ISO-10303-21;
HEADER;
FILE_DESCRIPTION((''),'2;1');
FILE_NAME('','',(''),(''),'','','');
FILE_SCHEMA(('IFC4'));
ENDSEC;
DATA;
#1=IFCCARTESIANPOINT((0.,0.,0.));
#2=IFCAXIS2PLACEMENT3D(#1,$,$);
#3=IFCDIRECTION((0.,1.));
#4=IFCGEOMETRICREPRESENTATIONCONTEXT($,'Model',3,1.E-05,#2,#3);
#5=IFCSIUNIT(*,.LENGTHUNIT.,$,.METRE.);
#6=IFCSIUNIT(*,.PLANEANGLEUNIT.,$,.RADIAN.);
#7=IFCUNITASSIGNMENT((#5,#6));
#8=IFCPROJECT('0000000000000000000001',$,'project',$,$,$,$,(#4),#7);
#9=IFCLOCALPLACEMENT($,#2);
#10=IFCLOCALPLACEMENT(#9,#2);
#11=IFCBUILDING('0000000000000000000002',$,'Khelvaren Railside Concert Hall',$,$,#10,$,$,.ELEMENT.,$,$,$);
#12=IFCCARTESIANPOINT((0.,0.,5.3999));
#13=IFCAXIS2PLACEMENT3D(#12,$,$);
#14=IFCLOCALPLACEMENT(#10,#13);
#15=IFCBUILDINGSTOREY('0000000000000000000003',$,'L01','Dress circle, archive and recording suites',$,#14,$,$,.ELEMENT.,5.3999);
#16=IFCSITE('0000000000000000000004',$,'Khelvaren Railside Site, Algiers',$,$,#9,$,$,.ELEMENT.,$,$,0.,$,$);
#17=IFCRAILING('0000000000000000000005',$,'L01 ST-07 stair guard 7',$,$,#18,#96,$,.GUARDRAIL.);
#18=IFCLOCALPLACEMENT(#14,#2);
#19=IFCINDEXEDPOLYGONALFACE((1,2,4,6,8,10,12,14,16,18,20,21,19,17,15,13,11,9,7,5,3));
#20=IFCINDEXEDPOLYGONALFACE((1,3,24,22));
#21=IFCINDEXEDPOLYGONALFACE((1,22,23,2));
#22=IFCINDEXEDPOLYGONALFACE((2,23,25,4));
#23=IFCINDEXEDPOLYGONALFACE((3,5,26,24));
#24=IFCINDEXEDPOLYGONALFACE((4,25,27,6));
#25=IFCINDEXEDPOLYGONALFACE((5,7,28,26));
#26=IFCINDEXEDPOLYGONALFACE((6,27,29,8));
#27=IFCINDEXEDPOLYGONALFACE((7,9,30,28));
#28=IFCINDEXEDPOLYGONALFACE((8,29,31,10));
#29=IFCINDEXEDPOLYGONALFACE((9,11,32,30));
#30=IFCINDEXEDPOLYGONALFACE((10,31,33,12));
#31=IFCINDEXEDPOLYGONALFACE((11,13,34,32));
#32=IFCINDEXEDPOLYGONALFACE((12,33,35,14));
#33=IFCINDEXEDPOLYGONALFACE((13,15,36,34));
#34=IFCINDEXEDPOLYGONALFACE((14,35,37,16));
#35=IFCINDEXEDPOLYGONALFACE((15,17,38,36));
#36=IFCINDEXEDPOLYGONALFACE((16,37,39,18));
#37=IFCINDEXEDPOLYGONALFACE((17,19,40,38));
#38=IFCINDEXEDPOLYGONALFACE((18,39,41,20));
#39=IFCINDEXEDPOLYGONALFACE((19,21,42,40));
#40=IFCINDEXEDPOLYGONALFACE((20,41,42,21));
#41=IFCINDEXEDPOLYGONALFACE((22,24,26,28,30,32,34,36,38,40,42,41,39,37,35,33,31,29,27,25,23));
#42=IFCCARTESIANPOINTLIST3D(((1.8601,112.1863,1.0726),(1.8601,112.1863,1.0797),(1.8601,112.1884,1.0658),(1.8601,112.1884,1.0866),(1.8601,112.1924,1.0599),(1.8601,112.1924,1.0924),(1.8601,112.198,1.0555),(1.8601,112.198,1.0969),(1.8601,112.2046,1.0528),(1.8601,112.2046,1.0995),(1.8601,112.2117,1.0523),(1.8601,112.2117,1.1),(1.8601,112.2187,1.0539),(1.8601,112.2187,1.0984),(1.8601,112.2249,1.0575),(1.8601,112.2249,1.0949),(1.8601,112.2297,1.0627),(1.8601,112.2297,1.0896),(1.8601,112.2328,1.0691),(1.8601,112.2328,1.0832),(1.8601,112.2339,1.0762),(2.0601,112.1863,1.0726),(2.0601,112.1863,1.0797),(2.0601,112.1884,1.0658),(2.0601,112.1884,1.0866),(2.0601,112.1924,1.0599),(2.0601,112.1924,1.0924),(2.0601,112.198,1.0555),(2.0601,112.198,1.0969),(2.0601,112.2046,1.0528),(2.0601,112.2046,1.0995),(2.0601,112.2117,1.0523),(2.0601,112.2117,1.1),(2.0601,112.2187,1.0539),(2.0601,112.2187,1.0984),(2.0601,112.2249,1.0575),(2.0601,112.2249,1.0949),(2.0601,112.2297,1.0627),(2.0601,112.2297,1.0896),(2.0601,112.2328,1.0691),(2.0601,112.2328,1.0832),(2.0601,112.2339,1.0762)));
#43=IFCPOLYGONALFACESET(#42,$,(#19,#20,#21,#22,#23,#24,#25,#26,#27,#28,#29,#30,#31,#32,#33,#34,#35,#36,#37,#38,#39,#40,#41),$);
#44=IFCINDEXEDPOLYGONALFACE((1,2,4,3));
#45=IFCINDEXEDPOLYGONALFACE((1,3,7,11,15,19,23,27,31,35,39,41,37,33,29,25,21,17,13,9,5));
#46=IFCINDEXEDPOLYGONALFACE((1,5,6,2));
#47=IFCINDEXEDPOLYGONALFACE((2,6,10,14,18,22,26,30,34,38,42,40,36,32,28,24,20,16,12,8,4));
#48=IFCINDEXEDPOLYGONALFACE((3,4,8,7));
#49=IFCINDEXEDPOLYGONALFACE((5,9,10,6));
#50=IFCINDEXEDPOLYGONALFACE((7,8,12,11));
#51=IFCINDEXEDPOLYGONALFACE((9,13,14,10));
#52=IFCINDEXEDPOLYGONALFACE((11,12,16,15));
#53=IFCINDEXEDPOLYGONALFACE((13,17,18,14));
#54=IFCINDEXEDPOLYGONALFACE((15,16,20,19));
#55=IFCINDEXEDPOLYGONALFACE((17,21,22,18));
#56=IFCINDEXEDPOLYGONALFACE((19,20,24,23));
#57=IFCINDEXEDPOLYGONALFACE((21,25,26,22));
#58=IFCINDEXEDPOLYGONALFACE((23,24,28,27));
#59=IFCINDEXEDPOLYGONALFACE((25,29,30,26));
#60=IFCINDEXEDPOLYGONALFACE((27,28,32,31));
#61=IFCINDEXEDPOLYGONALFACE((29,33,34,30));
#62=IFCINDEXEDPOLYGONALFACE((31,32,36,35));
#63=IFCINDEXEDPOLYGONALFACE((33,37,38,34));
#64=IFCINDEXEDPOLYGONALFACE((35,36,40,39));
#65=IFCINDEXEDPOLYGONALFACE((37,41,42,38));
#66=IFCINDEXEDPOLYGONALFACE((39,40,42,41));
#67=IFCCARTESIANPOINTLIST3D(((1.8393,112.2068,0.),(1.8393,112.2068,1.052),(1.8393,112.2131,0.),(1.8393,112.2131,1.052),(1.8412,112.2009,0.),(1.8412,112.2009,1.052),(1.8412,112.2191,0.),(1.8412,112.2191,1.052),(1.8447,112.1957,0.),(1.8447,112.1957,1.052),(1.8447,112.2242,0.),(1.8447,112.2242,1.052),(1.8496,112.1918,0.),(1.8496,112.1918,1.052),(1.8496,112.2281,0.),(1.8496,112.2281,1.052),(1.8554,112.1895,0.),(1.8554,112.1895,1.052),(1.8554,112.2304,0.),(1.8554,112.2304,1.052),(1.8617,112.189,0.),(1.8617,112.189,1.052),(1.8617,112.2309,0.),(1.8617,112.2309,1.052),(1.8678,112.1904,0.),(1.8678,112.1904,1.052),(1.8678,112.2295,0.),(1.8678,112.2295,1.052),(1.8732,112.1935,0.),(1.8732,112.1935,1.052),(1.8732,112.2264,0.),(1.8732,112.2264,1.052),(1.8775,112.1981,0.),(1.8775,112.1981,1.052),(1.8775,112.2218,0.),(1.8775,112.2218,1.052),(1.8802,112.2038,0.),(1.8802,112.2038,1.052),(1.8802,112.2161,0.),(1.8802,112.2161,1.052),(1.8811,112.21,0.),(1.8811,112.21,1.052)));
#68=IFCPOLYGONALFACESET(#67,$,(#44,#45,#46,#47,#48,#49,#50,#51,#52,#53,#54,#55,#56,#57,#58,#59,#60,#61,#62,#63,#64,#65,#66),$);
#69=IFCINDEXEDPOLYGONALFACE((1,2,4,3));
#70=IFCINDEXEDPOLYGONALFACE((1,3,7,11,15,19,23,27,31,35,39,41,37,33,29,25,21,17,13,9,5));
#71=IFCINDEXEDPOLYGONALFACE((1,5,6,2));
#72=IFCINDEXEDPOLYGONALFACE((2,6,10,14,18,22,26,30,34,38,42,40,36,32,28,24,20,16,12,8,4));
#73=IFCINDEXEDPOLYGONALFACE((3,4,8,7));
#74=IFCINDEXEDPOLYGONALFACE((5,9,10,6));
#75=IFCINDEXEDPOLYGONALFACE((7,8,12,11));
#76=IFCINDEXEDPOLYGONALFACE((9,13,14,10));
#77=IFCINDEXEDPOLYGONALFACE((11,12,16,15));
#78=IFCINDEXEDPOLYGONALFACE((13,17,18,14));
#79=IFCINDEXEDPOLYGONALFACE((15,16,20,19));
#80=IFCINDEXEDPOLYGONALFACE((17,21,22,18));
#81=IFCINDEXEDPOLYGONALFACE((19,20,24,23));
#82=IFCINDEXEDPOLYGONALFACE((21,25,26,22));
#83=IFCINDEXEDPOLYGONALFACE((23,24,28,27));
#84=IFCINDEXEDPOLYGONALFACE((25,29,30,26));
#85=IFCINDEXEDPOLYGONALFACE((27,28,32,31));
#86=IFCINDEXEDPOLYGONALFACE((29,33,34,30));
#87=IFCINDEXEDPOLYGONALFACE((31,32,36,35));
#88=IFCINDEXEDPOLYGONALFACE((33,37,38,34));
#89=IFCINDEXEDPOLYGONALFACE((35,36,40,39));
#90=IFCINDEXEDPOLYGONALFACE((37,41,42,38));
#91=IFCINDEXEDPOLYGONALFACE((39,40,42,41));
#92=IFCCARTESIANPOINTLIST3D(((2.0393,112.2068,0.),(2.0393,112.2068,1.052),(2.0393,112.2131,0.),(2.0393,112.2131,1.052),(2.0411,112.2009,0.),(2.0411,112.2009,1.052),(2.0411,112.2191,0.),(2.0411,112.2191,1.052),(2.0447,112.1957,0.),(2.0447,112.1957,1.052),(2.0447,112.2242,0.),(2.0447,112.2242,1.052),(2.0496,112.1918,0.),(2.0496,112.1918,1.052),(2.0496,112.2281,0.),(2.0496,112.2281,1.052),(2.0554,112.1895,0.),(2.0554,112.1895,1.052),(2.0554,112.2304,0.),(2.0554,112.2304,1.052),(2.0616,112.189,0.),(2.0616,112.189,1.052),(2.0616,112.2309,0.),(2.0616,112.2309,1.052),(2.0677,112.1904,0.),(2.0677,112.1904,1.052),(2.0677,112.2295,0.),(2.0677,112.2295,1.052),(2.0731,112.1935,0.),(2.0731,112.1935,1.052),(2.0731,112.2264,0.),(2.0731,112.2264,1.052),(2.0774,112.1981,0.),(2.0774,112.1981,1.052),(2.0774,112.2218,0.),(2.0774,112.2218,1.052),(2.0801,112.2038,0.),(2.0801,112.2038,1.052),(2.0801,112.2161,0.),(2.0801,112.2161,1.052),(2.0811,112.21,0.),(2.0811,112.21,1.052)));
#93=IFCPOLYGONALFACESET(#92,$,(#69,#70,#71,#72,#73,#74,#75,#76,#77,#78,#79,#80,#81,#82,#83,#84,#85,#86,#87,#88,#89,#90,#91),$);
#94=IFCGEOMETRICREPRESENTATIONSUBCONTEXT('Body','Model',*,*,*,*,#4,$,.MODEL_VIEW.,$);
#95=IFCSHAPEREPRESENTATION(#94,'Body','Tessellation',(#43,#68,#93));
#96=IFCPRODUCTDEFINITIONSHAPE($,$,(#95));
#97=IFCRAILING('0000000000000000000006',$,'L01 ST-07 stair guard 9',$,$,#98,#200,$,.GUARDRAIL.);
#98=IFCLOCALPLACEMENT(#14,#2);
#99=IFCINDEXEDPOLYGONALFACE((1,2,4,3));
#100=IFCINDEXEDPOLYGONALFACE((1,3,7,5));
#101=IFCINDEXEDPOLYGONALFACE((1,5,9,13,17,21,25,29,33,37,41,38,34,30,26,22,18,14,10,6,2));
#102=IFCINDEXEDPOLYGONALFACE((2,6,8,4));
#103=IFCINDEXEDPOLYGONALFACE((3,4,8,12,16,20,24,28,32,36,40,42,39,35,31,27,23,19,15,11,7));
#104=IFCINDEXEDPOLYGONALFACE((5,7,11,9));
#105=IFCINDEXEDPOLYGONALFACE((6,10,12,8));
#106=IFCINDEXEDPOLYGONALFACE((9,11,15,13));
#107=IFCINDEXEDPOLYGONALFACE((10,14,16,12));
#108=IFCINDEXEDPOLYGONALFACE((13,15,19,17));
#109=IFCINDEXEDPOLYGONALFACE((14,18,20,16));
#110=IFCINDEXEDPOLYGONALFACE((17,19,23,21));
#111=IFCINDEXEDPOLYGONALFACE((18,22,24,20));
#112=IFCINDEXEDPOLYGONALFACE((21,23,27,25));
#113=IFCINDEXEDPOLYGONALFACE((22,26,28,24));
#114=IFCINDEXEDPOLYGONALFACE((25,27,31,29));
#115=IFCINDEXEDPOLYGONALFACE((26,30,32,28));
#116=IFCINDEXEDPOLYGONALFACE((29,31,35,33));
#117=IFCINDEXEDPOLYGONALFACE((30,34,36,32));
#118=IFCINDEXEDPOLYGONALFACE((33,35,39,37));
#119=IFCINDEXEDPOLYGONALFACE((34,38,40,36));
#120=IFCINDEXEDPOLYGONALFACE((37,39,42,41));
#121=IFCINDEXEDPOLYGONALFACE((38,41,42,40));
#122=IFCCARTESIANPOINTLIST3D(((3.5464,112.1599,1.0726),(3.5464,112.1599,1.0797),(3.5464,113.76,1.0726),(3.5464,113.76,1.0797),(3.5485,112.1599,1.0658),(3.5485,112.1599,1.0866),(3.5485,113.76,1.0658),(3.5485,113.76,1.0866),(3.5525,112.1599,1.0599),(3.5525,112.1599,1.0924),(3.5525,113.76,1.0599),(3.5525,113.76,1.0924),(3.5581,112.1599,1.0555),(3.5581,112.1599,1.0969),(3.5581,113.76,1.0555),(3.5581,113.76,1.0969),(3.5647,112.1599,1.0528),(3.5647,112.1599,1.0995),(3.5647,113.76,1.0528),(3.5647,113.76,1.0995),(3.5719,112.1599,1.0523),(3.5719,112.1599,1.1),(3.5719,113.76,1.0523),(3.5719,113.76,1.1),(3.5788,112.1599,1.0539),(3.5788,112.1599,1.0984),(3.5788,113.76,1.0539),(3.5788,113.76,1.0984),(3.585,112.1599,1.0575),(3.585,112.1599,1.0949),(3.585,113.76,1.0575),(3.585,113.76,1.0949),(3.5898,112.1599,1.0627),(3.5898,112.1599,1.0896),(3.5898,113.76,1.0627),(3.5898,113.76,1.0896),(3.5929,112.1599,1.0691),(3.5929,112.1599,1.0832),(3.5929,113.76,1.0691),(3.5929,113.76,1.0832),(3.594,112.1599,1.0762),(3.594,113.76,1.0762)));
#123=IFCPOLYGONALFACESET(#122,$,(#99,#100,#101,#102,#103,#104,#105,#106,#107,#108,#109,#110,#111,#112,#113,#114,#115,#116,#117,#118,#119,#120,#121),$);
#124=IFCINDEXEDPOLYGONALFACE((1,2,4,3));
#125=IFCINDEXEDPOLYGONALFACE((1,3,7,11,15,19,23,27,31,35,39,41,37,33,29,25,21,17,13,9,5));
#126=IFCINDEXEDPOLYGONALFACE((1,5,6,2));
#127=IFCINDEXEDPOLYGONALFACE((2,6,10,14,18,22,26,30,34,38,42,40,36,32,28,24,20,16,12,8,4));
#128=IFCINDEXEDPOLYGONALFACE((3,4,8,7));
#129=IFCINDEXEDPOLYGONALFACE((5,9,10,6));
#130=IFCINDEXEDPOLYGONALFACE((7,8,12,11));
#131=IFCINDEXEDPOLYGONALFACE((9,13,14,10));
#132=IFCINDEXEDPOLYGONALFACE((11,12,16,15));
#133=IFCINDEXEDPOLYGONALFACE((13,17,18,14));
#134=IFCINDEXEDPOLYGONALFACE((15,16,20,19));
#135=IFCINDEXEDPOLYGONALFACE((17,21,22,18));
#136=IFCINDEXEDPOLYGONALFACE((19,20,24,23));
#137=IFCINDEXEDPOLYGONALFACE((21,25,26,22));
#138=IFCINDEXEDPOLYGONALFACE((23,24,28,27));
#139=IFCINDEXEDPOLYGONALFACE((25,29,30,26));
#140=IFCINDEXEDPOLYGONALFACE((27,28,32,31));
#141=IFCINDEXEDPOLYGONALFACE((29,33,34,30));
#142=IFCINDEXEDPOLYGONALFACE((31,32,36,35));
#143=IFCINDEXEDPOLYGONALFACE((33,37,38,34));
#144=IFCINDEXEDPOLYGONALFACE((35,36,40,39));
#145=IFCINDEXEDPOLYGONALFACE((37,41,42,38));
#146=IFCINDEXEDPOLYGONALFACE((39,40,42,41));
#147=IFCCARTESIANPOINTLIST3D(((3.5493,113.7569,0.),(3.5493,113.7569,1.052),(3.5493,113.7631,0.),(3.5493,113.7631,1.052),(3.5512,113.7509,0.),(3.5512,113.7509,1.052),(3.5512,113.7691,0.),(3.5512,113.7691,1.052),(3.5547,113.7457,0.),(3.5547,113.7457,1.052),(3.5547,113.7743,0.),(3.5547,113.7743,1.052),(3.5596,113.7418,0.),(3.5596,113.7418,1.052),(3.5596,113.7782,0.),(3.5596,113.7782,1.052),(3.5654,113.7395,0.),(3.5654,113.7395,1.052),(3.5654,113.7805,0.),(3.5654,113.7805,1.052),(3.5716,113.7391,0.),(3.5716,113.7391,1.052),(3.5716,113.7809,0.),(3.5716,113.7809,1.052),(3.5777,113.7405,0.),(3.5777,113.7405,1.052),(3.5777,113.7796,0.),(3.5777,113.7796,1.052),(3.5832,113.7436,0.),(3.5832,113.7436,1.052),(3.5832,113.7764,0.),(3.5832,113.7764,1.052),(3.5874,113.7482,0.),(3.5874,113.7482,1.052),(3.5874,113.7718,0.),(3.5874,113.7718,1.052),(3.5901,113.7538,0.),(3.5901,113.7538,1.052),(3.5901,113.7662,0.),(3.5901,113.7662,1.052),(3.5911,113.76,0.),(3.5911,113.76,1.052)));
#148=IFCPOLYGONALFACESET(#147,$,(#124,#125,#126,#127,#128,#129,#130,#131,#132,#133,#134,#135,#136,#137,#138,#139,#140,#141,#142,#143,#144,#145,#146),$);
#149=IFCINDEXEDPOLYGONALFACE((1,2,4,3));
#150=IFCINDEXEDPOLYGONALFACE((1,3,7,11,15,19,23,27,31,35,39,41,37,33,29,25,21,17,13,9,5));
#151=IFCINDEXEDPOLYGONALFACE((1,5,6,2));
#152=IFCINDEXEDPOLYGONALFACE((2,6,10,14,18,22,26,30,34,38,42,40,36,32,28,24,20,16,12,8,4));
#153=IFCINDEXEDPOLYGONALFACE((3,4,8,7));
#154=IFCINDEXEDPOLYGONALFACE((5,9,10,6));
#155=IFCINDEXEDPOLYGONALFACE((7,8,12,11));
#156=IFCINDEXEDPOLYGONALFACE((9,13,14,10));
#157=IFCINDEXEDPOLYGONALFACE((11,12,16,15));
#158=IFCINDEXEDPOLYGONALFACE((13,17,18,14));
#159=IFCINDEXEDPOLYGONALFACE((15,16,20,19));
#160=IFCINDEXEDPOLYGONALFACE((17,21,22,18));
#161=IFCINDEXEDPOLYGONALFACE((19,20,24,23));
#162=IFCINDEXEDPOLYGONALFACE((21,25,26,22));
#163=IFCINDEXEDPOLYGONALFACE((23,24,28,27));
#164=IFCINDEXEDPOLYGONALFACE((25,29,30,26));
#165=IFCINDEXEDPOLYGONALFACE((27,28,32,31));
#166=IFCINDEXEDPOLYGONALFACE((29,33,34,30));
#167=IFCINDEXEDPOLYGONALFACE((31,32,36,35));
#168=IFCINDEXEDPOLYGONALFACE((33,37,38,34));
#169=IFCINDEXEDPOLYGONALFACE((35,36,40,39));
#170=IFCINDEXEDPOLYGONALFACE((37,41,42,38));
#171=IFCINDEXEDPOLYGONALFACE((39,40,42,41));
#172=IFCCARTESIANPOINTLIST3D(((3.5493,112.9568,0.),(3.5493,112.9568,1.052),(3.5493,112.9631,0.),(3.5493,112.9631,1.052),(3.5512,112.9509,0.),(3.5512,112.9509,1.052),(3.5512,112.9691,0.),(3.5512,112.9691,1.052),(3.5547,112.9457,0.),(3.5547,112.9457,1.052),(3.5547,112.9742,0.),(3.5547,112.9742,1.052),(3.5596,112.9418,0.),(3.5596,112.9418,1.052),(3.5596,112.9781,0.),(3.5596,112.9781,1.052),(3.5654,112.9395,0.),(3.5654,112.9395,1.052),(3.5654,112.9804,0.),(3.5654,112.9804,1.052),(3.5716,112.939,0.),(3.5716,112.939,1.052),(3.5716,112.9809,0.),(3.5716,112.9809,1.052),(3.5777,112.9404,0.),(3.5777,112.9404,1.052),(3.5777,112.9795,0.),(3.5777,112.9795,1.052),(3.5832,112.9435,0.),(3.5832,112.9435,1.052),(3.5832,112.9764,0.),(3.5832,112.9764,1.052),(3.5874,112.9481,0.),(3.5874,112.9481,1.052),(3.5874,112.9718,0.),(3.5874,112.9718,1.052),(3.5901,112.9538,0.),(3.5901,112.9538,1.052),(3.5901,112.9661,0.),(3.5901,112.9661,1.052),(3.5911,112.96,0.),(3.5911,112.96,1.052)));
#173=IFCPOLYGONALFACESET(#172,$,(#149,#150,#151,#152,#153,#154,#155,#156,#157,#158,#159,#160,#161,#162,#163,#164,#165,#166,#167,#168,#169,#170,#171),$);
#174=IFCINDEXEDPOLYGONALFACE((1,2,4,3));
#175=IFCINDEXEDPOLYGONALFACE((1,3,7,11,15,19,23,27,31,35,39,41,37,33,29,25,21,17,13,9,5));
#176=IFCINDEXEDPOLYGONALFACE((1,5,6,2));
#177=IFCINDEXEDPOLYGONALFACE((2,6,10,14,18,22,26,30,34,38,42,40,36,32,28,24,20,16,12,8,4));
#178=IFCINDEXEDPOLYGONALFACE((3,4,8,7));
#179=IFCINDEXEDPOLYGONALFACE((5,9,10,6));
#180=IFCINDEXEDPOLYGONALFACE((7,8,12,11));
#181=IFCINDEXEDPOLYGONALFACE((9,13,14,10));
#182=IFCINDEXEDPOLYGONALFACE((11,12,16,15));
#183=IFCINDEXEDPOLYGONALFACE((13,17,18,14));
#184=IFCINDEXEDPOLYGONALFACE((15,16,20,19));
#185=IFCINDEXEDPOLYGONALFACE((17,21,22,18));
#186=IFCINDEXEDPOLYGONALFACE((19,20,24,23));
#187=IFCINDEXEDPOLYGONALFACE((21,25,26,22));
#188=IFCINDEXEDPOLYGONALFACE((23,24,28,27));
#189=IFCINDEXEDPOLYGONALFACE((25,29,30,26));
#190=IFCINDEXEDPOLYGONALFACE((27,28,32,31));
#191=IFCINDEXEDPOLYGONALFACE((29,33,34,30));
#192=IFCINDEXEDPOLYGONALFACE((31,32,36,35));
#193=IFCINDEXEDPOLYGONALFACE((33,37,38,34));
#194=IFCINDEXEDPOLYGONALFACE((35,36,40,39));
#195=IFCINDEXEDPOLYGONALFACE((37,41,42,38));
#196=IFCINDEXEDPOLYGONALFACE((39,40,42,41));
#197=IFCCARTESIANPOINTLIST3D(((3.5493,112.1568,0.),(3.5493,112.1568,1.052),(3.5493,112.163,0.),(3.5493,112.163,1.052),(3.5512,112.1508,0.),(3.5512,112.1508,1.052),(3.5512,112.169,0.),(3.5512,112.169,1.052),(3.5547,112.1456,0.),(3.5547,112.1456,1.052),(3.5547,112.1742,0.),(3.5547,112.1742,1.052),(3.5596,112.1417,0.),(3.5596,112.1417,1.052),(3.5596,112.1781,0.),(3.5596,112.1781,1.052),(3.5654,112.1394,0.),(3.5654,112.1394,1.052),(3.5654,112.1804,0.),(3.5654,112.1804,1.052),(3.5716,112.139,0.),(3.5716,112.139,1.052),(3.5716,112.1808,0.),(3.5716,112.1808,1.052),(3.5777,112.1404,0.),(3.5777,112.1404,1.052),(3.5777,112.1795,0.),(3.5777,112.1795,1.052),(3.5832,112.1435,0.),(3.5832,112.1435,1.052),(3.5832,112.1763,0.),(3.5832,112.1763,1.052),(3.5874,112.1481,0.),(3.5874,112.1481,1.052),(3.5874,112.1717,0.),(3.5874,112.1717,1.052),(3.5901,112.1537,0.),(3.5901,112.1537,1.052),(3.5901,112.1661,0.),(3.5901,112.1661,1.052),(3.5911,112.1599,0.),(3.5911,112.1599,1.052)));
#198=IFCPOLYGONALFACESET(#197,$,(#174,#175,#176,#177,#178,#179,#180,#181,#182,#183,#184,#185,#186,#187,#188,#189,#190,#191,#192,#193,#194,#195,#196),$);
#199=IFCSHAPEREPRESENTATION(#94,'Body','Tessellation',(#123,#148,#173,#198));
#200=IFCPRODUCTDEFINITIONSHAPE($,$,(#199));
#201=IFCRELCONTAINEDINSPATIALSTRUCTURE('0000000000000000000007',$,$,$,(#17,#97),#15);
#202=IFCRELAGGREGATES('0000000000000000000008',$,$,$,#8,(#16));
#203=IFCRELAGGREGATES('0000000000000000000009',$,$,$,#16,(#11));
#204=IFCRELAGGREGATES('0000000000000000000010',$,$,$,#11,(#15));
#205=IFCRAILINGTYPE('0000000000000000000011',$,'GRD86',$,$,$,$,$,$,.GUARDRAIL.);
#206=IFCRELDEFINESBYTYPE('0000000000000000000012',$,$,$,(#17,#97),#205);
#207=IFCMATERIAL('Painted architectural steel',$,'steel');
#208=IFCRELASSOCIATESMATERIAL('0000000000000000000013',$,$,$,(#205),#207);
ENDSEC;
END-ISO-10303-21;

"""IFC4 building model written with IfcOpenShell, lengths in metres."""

from ifc_helpers import new_model, si_unit, direction, frame, origin, origin_2d, place, context, subcontext, project, spatial, circle, extrude, material, type_object, element, save


model = new_model("IFC4")

# Units and contexts
model_context = context("Model", 3, precision=1e-05, world=origin(), true_north=direction((0.0, 1.0)))
body_context = subcontext(model_context, "Body", "Model", "MODEL_VIEW")
ifc_project = project(units=[si_unit("LENGTHUNIT", "METRE"), si_unit("PLANEANGLEUNIT", "RADIAN")], contexts=[model_context])

# Site, building, storey
site_placement = place(None, origin())
site = spatial("IfcSite", under=ifc_project, at=site_placement, Name="Khelvaren Railside Site, Algiers", CompositionType="ELEMENT", RefElevation=0.0)
building_placement = place(site_placement, origin())
building = spatial("IfcBuilding", under=site, at=building_placement, Name="Khelvaren Railside Concert Hall", CompositionType="ELEMENT")
storey_placement = place(building_placement, frame((0.0, 0.0, 5.3999)))
storey = spatial("IfcBuildingStorey", under=building, at=storey_placement, Name="L01", Description="Dress circle, archive and recording suites", CompositionType="ELEMENT", Elevation=5.3999)

# Railings
ifc_material_1 = material(Name="Painted architectural steel", Category="steel")
railing_type_1 = type_object("IfcRailingType", Name="GRD86", PredefinedType="GUARDRAIL", material=ifc_material_1)
railing_1_placement = place(storey_placement, frame((1.8601, 112.21, 0.0)))
element("IfcRailing", 1, at=railing_1_placement, inside=storey, type_object=railing_type_1, Name="L01 ST-07 stair guard 7", PredefinedType="GUARDRAIL", context=body_context, shape_type="SweptSolid", body=[
    extrude(circle(Radius=0.0239, at=origin_2d()), frame((0.0, 0.0, 1.0762), z_axis=(1.0, 0.0, 0.0), x_axis=(0.0, 1.0, 0.0)), (0.0, 0.0, 1.0), 0.2),
    extrude(circle(Radius=0.021, at=origin_2d()), origin(), (0.0, 0.0, 1.0), 1.052),
    extrude(circle(Radius=0.021, at=origin_2d()), frame((0.2, 0.0, 0.0)), (0.0, 0.0, 1.0), 1.052),
])
railing_2_placement = place(storey_placement, frame((3.5701, 113.76, 0.0)))
element("IfcRailing", 2, at=railing_2_placement, inside=storey, type_object=railing_type_1, Name="L01 ST-07 stair guard 9", PredefinedType="GUARDRAIL", context=body_context, shape_type="SweptSolid", body=[
    extrude(circle(Radius=0.0239, at=origin_2d()), frame((0.0, 0.0, 1.0762), z_axis=(0.0, -1.0, 0.0), x_axis=(1.0, 0.0, 0.0)), (0.0, 0.0, 1.0), 1.6001),
    extrude(circle(Radius=0.021, at=origin_2d()), origin(), (0.0, 0.0, 1.0), 1.052),
    extrude(circle(Radius=0.021, at=origin_2d()), frame((0.0, -0.8, 0.0)), (0.0, 0.0, 1.0), 1.052),
    extrude(circle(Radius=0.021, at=origin_2d()), frame((0.0, -1.6001, 0.0)), (0.0, 0.0, 1.0), 1.052),
])

save(model, "model.ifc")
